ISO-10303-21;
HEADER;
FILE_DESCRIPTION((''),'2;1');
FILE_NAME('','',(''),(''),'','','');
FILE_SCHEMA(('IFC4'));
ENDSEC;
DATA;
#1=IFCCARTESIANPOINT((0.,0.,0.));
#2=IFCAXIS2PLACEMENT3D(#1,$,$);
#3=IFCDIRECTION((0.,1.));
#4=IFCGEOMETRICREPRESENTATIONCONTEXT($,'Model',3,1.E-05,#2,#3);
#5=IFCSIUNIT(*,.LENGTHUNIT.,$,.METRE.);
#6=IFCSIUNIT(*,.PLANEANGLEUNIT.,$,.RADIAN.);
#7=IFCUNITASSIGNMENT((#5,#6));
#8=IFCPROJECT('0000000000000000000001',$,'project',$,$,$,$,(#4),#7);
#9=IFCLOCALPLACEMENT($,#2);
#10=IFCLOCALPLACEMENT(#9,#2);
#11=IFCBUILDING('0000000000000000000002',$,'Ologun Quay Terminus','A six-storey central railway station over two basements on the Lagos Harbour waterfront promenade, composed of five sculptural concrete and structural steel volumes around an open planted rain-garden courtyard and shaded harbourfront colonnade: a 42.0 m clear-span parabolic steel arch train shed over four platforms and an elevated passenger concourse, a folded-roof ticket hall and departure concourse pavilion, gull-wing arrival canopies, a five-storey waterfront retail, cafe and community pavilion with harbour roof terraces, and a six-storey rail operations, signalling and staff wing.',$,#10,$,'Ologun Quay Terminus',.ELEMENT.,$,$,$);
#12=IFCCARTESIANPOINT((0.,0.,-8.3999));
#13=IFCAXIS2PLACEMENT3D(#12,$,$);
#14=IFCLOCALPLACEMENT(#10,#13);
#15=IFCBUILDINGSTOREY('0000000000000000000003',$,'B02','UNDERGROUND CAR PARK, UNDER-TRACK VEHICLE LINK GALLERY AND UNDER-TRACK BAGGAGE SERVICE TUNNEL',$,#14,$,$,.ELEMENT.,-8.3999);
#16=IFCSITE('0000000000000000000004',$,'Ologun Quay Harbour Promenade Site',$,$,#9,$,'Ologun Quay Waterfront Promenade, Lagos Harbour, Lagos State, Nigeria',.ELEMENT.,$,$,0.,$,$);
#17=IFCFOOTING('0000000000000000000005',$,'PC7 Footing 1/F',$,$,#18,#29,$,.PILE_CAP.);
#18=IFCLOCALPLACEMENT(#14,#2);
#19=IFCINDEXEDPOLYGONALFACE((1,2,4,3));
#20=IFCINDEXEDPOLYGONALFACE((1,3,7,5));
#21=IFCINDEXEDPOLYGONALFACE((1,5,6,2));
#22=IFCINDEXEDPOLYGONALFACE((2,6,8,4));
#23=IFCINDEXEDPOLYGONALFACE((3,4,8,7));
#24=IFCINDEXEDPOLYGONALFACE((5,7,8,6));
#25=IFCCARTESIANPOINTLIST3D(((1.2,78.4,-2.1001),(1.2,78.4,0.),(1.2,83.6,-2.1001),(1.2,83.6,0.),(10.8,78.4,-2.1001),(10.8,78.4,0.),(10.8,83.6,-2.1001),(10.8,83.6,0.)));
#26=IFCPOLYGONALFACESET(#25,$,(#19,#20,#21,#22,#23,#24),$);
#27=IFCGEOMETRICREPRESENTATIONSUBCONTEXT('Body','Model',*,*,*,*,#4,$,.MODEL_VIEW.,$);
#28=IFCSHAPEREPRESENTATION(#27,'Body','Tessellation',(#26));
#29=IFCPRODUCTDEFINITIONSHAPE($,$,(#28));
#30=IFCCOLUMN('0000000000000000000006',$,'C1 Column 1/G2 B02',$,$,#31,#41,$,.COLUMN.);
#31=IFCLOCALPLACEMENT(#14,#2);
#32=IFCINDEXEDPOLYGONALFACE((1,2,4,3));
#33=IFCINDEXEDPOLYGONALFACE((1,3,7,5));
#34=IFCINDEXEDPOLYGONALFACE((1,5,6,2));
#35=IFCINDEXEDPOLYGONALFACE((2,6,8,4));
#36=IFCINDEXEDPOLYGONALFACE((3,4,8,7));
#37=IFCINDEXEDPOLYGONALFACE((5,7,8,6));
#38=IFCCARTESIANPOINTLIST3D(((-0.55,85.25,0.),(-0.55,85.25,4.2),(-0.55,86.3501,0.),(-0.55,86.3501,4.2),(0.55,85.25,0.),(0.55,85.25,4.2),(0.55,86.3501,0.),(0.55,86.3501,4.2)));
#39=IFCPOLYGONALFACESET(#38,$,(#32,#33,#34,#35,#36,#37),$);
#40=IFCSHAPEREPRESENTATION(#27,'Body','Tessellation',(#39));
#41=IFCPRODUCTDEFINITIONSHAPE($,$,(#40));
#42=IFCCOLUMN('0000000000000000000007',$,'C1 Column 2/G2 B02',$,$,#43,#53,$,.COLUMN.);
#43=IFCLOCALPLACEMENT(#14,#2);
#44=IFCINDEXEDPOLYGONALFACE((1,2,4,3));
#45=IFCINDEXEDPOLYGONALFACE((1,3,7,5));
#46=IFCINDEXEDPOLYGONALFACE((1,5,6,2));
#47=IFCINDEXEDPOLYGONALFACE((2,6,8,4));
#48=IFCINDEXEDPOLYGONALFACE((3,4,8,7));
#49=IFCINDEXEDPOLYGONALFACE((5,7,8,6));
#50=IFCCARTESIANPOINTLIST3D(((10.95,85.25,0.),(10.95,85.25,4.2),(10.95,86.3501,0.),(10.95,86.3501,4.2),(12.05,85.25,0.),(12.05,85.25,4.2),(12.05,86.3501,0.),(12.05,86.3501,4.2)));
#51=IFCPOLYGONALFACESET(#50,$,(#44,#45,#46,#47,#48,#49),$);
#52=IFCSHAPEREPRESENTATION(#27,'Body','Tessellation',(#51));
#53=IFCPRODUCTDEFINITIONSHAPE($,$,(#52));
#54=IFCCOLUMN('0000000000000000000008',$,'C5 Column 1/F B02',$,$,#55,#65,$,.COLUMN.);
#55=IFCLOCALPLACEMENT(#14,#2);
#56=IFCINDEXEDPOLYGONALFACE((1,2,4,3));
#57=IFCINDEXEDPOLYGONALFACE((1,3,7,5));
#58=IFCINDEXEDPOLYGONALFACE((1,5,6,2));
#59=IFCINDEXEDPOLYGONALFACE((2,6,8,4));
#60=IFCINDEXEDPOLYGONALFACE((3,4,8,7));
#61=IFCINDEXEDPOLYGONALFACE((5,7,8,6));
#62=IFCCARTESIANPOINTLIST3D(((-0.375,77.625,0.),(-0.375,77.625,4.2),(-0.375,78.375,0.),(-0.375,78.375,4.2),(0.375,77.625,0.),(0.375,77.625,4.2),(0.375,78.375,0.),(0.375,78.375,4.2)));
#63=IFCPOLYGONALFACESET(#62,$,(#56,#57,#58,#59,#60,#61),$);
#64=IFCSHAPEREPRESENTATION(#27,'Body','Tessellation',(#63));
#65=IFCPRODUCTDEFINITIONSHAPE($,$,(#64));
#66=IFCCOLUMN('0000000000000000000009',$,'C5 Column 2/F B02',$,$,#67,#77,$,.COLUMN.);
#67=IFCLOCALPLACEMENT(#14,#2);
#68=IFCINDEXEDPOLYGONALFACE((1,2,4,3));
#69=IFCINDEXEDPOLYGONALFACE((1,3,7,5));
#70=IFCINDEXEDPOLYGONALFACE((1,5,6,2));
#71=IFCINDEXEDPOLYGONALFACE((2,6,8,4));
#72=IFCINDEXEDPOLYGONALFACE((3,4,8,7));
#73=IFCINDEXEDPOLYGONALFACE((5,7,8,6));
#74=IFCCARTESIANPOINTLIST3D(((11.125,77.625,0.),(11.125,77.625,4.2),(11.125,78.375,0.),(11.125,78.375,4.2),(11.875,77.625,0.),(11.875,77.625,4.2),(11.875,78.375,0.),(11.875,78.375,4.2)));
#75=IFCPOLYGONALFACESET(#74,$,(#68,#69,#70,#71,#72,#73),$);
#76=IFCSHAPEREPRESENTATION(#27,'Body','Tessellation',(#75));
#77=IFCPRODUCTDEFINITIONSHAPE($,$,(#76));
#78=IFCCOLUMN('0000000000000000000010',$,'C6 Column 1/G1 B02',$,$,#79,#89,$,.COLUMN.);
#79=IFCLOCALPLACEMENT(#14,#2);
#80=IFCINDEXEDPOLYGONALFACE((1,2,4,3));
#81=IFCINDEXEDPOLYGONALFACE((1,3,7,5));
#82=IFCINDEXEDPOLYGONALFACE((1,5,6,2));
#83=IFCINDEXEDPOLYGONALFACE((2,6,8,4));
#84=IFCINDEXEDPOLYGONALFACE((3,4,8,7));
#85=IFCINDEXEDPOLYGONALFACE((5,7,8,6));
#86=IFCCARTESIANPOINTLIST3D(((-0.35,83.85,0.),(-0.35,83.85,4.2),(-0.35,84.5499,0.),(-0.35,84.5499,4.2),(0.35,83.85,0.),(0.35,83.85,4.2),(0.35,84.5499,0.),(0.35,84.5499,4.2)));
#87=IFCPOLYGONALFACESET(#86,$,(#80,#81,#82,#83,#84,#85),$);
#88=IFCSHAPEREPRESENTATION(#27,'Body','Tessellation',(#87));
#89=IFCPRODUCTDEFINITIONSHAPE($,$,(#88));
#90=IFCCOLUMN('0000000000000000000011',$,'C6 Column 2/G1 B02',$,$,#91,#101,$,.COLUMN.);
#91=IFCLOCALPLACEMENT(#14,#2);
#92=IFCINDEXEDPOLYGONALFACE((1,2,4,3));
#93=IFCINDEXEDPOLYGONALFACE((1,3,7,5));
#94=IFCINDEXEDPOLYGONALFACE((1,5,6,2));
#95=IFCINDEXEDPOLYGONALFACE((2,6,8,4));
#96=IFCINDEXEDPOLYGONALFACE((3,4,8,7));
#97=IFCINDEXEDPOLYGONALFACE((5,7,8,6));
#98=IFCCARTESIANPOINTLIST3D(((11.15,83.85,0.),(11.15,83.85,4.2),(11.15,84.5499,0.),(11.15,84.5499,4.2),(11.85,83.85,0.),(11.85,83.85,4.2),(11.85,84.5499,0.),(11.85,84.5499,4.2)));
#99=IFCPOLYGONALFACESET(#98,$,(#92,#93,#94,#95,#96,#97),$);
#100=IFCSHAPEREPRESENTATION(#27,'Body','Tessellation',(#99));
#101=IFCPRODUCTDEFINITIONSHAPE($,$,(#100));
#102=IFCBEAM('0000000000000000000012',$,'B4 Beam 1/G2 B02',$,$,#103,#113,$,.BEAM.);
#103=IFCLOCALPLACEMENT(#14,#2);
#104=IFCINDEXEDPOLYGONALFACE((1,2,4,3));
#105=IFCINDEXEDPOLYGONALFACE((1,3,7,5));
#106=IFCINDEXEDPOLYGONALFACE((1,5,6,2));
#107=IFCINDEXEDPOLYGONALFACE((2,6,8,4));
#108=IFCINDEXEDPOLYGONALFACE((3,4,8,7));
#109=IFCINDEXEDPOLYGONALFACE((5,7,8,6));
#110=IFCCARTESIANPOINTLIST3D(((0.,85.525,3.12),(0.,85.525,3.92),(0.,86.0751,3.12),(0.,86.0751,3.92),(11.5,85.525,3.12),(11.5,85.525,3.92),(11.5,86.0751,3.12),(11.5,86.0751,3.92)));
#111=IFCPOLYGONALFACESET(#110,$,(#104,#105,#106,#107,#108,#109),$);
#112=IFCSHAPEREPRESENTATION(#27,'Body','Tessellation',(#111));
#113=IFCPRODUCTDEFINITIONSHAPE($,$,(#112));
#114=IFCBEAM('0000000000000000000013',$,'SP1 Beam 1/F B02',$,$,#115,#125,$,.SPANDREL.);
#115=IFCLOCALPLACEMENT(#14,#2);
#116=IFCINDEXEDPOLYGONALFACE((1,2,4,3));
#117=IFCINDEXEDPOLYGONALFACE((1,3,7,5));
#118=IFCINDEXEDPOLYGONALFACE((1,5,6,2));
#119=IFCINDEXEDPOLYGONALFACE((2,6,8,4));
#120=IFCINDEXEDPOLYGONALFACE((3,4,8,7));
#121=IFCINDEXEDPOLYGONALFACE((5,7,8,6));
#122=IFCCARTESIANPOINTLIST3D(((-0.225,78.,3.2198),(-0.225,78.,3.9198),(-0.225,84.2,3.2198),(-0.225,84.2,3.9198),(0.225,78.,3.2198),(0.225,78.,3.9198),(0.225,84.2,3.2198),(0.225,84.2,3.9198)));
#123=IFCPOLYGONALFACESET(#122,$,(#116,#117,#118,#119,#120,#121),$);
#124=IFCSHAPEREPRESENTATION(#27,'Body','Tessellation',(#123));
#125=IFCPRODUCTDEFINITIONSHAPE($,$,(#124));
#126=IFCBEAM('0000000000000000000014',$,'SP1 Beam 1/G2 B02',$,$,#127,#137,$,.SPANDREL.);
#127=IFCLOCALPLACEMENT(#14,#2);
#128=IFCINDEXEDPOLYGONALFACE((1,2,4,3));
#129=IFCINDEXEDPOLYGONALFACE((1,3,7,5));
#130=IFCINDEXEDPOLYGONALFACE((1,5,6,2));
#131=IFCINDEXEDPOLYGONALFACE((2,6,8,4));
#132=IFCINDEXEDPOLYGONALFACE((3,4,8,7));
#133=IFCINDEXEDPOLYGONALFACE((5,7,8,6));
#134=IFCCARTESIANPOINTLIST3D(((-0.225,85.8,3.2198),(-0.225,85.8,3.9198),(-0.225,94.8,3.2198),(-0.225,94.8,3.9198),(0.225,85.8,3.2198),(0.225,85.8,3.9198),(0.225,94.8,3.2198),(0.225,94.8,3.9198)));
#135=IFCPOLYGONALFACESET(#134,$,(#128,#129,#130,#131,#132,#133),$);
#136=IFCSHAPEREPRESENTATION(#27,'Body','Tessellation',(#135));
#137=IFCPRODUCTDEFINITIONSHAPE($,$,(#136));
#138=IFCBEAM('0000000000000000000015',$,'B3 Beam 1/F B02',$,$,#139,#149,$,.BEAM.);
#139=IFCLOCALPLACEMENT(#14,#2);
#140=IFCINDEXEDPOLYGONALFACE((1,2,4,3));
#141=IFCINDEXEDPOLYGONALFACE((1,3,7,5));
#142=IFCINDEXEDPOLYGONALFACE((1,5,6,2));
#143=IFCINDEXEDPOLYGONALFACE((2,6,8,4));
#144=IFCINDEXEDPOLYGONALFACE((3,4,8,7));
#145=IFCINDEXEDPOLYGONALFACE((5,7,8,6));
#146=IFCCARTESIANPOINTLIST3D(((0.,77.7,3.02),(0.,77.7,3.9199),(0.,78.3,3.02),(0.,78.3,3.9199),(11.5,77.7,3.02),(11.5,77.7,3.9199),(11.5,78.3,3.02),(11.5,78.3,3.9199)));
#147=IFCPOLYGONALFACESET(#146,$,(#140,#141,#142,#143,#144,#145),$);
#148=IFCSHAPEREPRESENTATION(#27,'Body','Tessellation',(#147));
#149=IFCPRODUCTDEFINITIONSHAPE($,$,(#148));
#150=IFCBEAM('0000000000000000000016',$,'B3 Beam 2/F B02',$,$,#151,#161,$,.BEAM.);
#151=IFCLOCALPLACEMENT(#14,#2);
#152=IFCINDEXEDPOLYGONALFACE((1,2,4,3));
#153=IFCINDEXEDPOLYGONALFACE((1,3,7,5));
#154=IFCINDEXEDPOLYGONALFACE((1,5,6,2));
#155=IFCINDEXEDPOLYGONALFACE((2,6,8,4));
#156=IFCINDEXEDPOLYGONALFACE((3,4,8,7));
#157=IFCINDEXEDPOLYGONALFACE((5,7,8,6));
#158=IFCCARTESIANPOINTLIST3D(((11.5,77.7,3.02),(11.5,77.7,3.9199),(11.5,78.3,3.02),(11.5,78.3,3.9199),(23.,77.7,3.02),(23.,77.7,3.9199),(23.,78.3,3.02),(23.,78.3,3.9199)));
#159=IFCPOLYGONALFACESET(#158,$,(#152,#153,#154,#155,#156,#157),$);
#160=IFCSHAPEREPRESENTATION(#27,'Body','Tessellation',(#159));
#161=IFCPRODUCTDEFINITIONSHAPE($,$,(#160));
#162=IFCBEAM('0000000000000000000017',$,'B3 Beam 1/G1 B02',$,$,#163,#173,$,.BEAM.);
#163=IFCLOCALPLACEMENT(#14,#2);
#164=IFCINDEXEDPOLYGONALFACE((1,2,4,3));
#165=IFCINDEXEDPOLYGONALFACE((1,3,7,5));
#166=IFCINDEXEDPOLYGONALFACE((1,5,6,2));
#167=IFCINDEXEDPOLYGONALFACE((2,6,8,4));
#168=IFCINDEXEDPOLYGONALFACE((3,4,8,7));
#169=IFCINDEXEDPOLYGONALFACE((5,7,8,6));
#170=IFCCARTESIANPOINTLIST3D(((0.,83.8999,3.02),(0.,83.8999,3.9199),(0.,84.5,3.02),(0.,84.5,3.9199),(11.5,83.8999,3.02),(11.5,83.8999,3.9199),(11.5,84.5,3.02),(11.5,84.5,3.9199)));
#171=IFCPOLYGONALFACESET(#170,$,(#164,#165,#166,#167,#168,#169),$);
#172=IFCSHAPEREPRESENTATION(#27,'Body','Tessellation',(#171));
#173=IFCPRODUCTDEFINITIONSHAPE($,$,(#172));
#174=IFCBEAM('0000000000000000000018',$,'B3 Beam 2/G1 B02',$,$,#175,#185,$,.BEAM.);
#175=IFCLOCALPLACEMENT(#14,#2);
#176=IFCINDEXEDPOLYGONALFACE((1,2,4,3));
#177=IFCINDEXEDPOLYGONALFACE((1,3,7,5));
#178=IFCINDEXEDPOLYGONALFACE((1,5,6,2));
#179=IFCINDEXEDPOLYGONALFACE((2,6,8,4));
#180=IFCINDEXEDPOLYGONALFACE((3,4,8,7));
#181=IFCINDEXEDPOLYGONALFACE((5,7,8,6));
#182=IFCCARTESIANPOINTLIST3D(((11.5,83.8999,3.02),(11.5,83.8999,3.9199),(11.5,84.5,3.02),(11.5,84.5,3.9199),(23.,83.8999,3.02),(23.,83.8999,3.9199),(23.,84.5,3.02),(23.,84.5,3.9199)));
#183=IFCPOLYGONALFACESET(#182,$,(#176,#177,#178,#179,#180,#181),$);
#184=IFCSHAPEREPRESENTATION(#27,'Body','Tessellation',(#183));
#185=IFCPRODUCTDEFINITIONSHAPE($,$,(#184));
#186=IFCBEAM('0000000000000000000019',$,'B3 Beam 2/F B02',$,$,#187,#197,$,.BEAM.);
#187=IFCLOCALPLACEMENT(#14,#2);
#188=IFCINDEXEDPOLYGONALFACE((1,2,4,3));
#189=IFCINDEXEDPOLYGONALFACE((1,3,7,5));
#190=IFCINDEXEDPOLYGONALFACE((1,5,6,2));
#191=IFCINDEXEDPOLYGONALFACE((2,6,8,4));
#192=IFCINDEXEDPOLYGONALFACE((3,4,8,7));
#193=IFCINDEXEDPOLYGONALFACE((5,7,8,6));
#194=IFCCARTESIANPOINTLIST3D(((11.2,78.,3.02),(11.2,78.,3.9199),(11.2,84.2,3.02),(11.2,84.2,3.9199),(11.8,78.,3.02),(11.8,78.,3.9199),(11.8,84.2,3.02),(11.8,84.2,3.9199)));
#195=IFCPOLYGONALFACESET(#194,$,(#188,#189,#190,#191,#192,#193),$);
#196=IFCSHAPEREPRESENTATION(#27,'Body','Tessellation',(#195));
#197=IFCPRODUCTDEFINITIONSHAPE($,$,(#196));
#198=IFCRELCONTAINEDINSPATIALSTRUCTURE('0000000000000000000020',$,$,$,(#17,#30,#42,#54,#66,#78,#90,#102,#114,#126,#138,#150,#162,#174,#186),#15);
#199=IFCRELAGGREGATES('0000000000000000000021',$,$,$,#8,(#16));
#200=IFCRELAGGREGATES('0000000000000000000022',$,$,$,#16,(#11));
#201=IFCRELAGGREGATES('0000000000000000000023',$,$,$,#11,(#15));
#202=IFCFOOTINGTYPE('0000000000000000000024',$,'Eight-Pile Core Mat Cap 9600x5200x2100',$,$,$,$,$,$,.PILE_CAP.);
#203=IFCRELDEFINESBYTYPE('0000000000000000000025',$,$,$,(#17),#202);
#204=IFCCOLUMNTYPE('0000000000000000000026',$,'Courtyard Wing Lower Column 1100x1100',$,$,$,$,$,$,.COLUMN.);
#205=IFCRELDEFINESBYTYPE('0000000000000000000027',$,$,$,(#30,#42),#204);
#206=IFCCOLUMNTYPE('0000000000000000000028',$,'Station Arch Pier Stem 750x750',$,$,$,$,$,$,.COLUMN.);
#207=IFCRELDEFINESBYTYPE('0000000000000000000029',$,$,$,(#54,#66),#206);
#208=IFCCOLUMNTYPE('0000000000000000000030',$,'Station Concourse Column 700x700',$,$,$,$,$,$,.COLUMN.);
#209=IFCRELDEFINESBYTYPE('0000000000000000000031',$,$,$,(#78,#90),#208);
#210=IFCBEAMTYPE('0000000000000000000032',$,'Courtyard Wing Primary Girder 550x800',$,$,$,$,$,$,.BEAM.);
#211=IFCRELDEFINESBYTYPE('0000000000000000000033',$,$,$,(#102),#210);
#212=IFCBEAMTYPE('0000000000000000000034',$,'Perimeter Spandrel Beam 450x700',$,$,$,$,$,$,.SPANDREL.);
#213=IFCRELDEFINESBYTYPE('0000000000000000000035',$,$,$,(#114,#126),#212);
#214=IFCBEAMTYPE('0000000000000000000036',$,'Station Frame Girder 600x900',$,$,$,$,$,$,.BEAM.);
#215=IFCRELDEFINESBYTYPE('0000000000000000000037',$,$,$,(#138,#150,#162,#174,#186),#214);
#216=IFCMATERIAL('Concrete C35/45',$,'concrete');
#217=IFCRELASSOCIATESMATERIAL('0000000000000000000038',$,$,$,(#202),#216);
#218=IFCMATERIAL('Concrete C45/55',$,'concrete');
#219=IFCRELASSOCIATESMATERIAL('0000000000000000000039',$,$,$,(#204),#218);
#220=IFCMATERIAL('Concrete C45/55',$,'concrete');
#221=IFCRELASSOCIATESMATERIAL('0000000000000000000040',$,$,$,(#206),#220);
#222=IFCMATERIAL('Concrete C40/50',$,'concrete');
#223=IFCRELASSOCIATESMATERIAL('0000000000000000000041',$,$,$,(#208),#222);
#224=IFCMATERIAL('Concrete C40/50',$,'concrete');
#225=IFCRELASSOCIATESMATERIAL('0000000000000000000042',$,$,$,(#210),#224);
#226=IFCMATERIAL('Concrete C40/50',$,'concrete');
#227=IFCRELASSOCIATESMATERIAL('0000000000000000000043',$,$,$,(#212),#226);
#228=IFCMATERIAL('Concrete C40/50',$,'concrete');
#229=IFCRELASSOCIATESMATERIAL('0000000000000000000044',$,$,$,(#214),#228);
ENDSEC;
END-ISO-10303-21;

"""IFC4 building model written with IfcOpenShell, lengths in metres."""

from ifc_helpers import new_model, si_unit, direction, frame, origin, origin_2d, place, context, subcontext, project, spatial, rectangle, extrude, material, material_profile, profile_set, type_object, element, save


model = new_model("IFC4")

# Units and contexts
model_context = context("Model", 3, precision=1e-05, world=origin(), true_north=direction((0.0, 1.0)))
body_context = subcontext(model_context, "Body", "Model", "MODEL_VIEW")
ifc_project = project(units=[si_unit("LENGTHUNIT", "METRE"), si_unit("PLANEANGLEUNIT", "RADIAN")], contexts=[model_context])

# Site, building, storey
site_placement = place(None, origin())
site = spatial("IfcSite", under=ifc_project, at=site_placement, Name="Ologun Quay Harbour Promenade Site", LongName="Ologun Quay Waterfront Promenade, Lagos Harbour, Lagos State, Nigeria", CompositionType="ELEMENT", RefElevation=0.0)
building_placement = place(site_placement, origin())
building = spatial("IfcBuilding", under=site, at=building_placement, Name="Ologun Quay Terminus", Description="A six-storey central railway station over two basements on the Lagos Harbour waterfront promenade, composed of five sculptural concrete and structural steel volumes around an open planted rain-garden courtyard and shaded harbourfront colonnade: a 42.0 m clear-span parabolic steel arch train shed over four platforms and an elevated passenger concourse, a folded-roof ticket hall and departure concourse pavilion, gull-wing arrival canopies, a five-storey waterfront retail, cafe and community pavilion with harbour roof terraces, and a six-storey rail operations, signalling and staff wing.", LongName="Ologun Quay Terminus", CompositionType="ELEMENT")
storey_placement = place(building_placement, frame((0.0, 0.0, -8.3999)))
storey = spatial("IfcBuildingStorey", under=building, at=storey_placement, Name="B02", Description="UNDERGROUND CAR PARK, UNDER-TRACK VEHICLE LINK GALLERY AND UNDER-TRACK BAGGAGE SERVICE TUNNEL", CompositionType="ELEMENT", Elevation=-8.3999)

# Footing
ifc_material_1 = material(Name="Concrete C35/45", Category="concrete")
footing_type = type_object("IfcFootingType", Name="Eight-Pile Core Mat Cap 9600x5200x2100", PredefinedType="PILE_CAP", material=ifc_material_1)
footing_placement = place(storey_placement, frame((6.0, 81.0, -2.1001), z_axis=(0.0, 0.0, 1.0), x_axis=(1.0, 0.0, 0.0)))
element("IfcFooting", 1, at=footing_placement, inside=storey, type_object=footing_type, Name="PC7 Footing 1/F", PredefinedType="PILE_CAP", context=body_context, shape_type="SweptSolid", body=[
    extrude(rectangle(XDim=9.6001, YDim=5.2, at=origin_2d()), origin(), (0.0, 0.0, 1.0), 2.1001),
])

# Columns
ifc_material_2 = material(Name="Concrete C45/55", Category="concrete")
ifc_material_profile_1 = material_profile(ifc_material_2, rectangle(XDim=1.1001, YDim=1.1001, at=origin_2d()), Name="RC 1100x1100")
ifc_profile_set_1 = profile_set([ifc_material_profile_1], Name="Concrete C45/55")
column_type_1 = type_object("IfcColumnType", Name="Courtyard Wing Lower Column 1100x1100", PredefinedType="COLUMN", material=ifc_profile_set_1)
for number, where, z_axis, x_axis, name in (
    (2, (0.0, 85.8, 0.0), (0.0, 0.0, 1.0), (1.0, 0.0, 0.0), "C1 Column 1/G2 B02"),
    (3, (11.5, 85.8, 0.0), (0.0, 0.0, 1.0), (1.0, 0.0, 0.0), "C1 Column 2/G2 B02"),
):
    element("IfcColumn", number, at=place(storey_placement, frame(where, z_axis=z_axis, x_axis=x_axis)), inside=storey, type_object=column_type_1, Name=name, PredefinedType="COLUMN", context=body_context, shape_type="SweptSolid", body=[
        extrude(rectangle(XDim=1.1001, YDim=1.1001, at=origin_2d()), origin(), (0.0, 0.0, 1.0), 4.2),
    ])
ifc_material_3 = material(Name="Concrete C45/55", Category="concrete")
ifc_material_profile_2 = material_profile(ifc_material_3, rectangle(XDim=0.75, YDim=0.75, at=origin_2d()), Name="RC 750x750")
ifc_profile_set_2 = profile_set([ifc_material_profile_2], Name="Concrete C45/55")
column_type_2 = type_object("IfcColumnType", Name="Station Arch Pier Stem 750x750", PredefinedType="COLUMN", material=ifc_profile_set_2)
for number, where, z_axis, x_axis, name in (
    (4, (0.0, 78.0, 0.0), (0.0, 0.0, 1.0), (1.0, 0.0, 0.0), "C5 Column 1/F B02"),
    (5, (11.5, 78.0, 0.0), (0.0, 0.0, 1.0), (1.0, 0.0, 0.0), "C5 Column 2/F B02"),
):
    element("IfcColumn", number, at=place(storey_placement, frame(where, z_axis=z_axis, x_axis=x_axis)), inside=storey, type_object=column_type_2, Name=name, PredefinedType="COLUMN", context=body_context, shape_type="SweptSolid", body=[
        extrude(rectangle(XDim=0.75, YDim=0.75, at=origin_2d()), origin(), (0.0, 0.0, 1.0), 4.2),
    ])
ifc_material_4 = material(Name="Concrete C40/50", Category="concrete")
ifc_material_profile_3 = material_profile(ifc_material_4, rectangle(XDim=0.7, YDim=0.7, at=origin_2d()), Name="RC 700x700")
ifc_profile_set_3 = profile_set([ifc_material_profile_3], Name="Concrete C40/50")
column_type_3 = type_object("IfcColumnType", Name="Station Concourse Column 700x700", PredefinedType="COLUMN", material=ifc_profile_set_3)
for number, where, z_axis, x_axis, name in (
    (6, (0.0, 84.2, 0.0), (0.0, 0.0, 1.0), (1.0, 0.0, 0.0), "C6 Column 1/G1 B02"),
    (7, (11.5, 84.2, 0.0), (0.0, 0.0, 1.0), (1.0, 0.0, 0.0), "C6 Column 2/G1 B02"),
):
    element("IfcColumn", number, at=place(storey_placement, frame(where, z_axis=z_axis, x_axis=x_axis)), inside=storey, type_object=column_type_3, Name=name, PredefinedType="COLUMN", context=body_context, shape_type="SweptSolid", body=[
        extrude(rectangle(XDim=0.7, YDim=0.7, at=origin_2d()), origin(), (0.0, 0.0, 1.0), 4.2),
    ])

# Beams
ifc_material_5 = material(Name="Concrete C40/50", Category="concrete")
ifc_material_profile_4 = material_profile(ifc_material_5, rectangle(XDim=0.55, YDim=0.8, at=origin_2d()), Name="RC 550x800")
ifc_profile_set_4 = profile_set([ifc_material_profile_4], Name="Concrete C40/50")
beam_type_1 = type_object("IfcBeamType", Name="Courtyard Wing Primary Girder 550x800", PredefinedType="BEAM", material=ifc_profile_set_4)
beam_1_placement = place(storey_placement, frame((0.0, 85.8, 3.52), z_axis=(1.0, 0.0, 0.0), x_axis=(0.0, 1.0, 0.0)))
element("IfcBeam", 8, at=beam_1_placement, inside=storey, type_object=beam_type_1, Name="B4 Beam 1/G2 B02", PredefinedType="BEAM", context=body_context, shape_type="SweptSolid", body=[
    extrude(rectangle(XDim=0.55, YDim=0.8, at=origin_2d()), origin(), (0.0, 0.0, 1.0), 11.5),
])
ifc_material_6 = material(Name="Concrete C40/50", Category="concrete")
ifc_material_profile_5 = material_profile(ifc_material_6, rectangle(XDim=0.45, YDim=0.7, at=origin_2d()), Name="RC 450x700")
ifc_profile_set_5 = profile_set([ifc_material_profile_5], Name="Concrete C40/50")
beam_type_2 = type_object("IfcBeamType", Name="Perimeter Spandrel Beam 450x700", PredefinedType="SPANDREL", material=ifc_profile_set_5)
beam_2_placement = place(storey_placement, frame((0.0, 78.0, 3.5698), z_axis=(0.0, 1.0, 0.0), x_axis=(-1.0, 0.0, 0.0)))
element("IfcBeam", 9, at=beam_2_placement, inside=storey, type_object=beam_type_2, Name="SP1 Beam 1/F B02", PredefinedType="SPANDREL", context=body_context, shape_type="SweptSolid", body=[
    extrude(rectangle(XDim=0.45, YDim=0.7, at=origin_2d()), origin(), (0.0, 0.0, 1.0), 6.2),
])
beam_3_placement = place(storey_placement, frame((0.0, 85.8, 3.5698), z_axis=(0.0, 1.0, 0.0), x_axis=(-1.0, 0.0, 0.0)))
element("IfcBeam", 10, at=beam_3_placement, inside=storey, type_object=beam_type_2, Name="SP1 Beam 1/G2 B02", PredefinedType="SPANDREL", context=body_context, shape_type="SweptSolid", body=[
    extrude(rectangle(XDim=0.45, YDim=0.7, at=origin_2d()), origin(), (0.0, 0.0, 1.0), 9.0),
])
ifc_material_7 = material(Name="Concrete C40/50", Category="concrete")
ifc_material_profile_6 = material_profile(ifc_material_7, rectangle(XDim=0.6001, YDim=0.8999, at=origin_2d()), Name="RC 600x900")
ifc_profile_set_6 = profile_set([ifc_material_profile_6], Name="Concrete C40/50")
beam_type_3 = type_object("IfcBeamType", Name="Station Frame Girder 600x900", PredefinedType="BEAM", material=ifc_profile_set_6)
for number, where, z_axis, x_axis, name in (
    (11, (0.0, 78.0, 3.47), (1.0, 0.0, 0.0), (0.0, 1.0, 0.0), "B3 Beam 1/F B02"),
    (12, (11.5, 78.0, 3.47), (1.0, 0.0, 0.0), (0.0, 1.0, 0.0), "B3 Beam 2/F B02"),
    (13, (0.0, 84.2, 3.47), (1.0, 0.0, 0.0), (0.0, 1.0, 0.0), "B3 Beam 1/G1 B02"),
    (14, (11.5, 84.2, 3.47), (1.0, 0.0, 0.0), (0.0, 1.0, 0.0), "B3 Beam 2/G1 B02"),
):
    element("IfcBeam", number, at=place(storey_placement, frame(where, z_axis=z_axis, x_axis=x_axis)), inside=storey, type_object=beam_type_3, Name=name, PredefinedType="BEAM", context=body_context, shape_type="SweptSolid", body=[
        extrude(rectangle(XDim=0.6001, YDim=0.8999, at=origin_2d()), origin(), (0.0, 0.0, 1.0), 11.5),
    ])
beam_4_placement = place(storey_placement, frame((11.5, 78.0, 3.47), z_axis=(0.0, 1.0, 0.0), x_axis=(-1.0, 0.0, 0.0)))
element("IfcBeam", 15, at=beam_4_placement, inside=storey, type_object=beam_type_3, Name="B3 Beam 2/F B02", PredefinedType="BEAM", context=body_context, shape_type="SweptSolid", body=[
    extrude(rectangle(XDim=0.6001, YDim=0.8999, at=origin_2d()), origin(), (0.0, 0.0, 1.0), 6.2),
])

save(model, "model.ifc")
